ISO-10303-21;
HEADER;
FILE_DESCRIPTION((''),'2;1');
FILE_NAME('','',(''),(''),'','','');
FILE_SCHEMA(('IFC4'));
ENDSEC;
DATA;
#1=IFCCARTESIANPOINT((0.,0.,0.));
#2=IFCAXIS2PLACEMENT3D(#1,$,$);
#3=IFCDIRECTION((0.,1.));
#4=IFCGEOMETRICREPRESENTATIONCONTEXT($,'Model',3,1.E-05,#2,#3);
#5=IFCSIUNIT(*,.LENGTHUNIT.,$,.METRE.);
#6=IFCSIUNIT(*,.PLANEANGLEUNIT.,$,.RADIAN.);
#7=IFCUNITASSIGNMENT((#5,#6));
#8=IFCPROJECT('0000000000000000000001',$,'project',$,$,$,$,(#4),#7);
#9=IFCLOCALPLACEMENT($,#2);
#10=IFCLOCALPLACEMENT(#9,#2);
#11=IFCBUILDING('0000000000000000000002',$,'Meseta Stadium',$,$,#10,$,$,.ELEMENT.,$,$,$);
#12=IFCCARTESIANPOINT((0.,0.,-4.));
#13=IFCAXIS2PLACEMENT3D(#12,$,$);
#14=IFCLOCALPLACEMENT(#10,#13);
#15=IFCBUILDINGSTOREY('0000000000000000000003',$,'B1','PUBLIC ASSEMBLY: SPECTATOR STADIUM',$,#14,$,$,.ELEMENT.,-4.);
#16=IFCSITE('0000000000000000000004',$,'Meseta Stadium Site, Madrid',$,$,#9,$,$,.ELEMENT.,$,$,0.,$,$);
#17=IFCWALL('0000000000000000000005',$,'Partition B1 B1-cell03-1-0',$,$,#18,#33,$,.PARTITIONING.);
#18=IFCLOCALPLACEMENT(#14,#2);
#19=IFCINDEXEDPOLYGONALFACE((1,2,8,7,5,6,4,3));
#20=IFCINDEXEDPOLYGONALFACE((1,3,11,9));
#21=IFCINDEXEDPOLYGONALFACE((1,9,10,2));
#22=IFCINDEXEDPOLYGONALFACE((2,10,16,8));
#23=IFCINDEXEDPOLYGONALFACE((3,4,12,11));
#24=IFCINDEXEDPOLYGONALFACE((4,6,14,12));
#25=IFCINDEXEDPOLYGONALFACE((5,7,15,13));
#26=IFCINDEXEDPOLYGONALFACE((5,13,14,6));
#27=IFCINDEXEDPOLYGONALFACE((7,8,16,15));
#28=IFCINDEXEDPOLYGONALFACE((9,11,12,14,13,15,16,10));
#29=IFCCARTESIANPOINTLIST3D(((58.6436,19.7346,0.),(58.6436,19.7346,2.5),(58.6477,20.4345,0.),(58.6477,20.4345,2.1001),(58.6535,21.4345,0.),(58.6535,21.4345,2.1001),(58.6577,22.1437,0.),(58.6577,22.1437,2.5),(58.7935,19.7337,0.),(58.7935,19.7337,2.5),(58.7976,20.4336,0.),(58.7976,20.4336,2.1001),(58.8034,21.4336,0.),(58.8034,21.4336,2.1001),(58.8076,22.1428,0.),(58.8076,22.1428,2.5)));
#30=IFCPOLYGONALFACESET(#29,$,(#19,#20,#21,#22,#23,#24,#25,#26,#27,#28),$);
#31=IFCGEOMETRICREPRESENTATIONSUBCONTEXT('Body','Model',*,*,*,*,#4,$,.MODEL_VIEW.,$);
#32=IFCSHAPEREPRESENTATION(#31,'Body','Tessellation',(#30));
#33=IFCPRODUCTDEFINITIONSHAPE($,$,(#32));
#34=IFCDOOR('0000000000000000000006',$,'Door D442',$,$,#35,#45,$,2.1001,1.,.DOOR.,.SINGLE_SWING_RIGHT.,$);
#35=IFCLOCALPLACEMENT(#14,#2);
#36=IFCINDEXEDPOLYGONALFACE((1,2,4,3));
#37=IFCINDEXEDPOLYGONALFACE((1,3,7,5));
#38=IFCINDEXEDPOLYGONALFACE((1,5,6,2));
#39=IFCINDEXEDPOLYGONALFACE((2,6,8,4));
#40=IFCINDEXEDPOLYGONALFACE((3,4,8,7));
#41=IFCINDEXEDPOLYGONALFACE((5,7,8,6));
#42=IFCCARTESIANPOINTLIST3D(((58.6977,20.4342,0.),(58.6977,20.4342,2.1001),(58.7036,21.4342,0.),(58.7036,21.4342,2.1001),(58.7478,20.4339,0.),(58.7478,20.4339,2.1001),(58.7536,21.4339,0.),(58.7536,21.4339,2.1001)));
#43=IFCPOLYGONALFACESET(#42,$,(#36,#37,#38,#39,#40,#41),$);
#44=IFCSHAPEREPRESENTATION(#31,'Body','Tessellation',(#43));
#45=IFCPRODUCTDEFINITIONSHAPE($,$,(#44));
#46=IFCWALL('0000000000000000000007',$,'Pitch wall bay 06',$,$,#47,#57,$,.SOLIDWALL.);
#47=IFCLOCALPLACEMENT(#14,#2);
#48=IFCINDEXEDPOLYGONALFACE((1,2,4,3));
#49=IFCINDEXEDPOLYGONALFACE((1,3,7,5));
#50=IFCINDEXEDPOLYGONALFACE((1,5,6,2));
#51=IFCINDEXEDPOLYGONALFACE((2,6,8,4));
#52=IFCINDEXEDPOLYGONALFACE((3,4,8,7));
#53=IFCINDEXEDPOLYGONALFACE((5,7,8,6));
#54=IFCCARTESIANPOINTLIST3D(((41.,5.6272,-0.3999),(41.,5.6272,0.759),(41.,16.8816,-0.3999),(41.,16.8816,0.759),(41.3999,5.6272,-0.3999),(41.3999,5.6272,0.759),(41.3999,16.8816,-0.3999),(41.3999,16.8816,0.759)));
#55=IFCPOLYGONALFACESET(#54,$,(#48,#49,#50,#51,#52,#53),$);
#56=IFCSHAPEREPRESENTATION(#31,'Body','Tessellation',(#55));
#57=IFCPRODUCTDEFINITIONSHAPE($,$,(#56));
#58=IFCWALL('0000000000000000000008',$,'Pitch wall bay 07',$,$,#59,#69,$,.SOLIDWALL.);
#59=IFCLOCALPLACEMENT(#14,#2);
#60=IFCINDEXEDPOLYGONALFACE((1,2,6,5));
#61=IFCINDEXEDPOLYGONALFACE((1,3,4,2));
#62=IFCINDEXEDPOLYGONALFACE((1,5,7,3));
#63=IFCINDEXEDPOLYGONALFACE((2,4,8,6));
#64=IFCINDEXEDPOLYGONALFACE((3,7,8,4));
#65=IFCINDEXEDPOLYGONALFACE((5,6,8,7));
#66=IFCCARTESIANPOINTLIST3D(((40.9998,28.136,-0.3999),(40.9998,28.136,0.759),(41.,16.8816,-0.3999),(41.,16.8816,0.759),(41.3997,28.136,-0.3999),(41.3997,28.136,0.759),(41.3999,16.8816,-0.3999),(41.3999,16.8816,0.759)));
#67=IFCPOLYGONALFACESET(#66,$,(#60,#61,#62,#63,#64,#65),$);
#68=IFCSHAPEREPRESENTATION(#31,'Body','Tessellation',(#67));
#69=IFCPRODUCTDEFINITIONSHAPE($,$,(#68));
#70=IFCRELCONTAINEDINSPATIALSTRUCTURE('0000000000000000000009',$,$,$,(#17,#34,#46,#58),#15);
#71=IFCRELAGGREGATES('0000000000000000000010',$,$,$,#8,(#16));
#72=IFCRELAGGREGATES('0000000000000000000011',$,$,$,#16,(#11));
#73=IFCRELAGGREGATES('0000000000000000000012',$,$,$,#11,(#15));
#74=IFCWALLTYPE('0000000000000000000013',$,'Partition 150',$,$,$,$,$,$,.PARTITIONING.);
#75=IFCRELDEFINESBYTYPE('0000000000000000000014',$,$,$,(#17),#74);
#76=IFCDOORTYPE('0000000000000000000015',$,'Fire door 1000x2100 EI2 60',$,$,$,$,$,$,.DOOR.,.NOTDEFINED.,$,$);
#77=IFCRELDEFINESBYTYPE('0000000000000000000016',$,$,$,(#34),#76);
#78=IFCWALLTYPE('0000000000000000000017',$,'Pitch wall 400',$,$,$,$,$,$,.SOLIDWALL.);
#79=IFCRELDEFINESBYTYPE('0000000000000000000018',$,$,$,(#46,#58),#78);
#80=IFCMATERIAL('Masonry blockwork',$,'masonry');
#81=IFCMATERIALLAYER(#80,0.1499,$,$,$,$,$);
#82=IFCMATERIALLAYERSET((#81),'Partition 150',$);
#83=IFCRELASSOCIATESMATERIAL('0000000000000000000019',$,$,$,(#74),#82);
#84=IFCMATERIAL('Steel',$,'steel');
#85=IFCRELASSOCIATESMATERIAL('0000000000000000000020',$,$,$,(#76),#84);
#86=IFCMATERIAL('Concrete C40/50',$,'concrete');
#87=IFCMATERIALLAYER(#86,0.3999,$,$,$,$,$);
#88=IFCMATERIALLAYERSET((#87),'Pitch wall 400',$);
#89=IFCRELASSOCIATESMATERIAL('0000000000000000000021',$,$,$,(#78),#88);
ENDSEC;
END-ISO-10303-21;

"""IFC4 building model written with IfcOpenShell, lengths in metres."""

from ifc_helpers import new_model, si_unit, direction, frame, frame_2d, origin, place, context, subcontext, project, spatial, rectangle, extrude, material, layer, layer_set, type_object, element, fill, save


model = new_model("IFC4")

# Units and contexts
model_context = context("Model", 3, precision=1e-05, world=origin(), true_north=direction((0.0, 1.0)))
body_context = subcontext(model_context, "Body", "Model", "MODEL_VIEW")
ifc_project = project(units=[si_unit("LENGTHUNIT", "METRE"), si_unit("PLANEANGLEUNIT", "RADIAN")], contexts=[model_context])

# Site, building, storey
site_placement = place(None, origin())
site = spatial("IfcSite", under=ifc_project, at=site_placement, Name="Meseta Stadium Site, Madrid", CompositionType="ELEMENT", RefElevation=0.0)
building_placement = place(site_placement, origin())
building = spatial("IfcBuilding", under=site, at=building_placement, Name="Meseta Stadium", CompositionType="ELEMENT")
storey_placement = place(building_placement, frame((0.0, 0.0, -4.0)))
storey = spatial("IfcBuildingStorey", under=building, at=storey_placement, Name="B1", Description="PUBLIC ASSEMBLY: SPECTATOR STADIUM", CompositionType="ELEMENT", Elevation=-4.0)

# Shared definitions
ifc_material_1 = material(Name="Masonry blockwork", Category="masonry")
ifc_layer_1 = layer(ifc_material_1, 0.1499)
ifc_layer_set_1 = layer_set([ifc_layer_1], Name="Partition 150")
wall_type_1 = type_object("IfcWallType", Name="Partition 150", PredefinedType="PARTITIONING", material=ifc_layer_set_1)

# Wall, opening, door
wall_1_placement = place(storey_placement, frame((58.7185, 19.7341, 0.0), z_axis=(0.0, 0.0, 1.0), x_axis=(0.005877, 0.999983, 0.0)))
wall_1 = element("IfcWall", 1, at=wall_1_placement, inside=storey, type_object=wall_type_1, Name="Partition B1 B1-cell03-1-0", PredefinedType="PARTITIONING", context=body_context, shape_type="SweptSolid", body=[
    extrude(rectangle(XDim=2.4092, YDim=0.1499, at=frame_2d((1.2046, 0.0))), origin(), (0.0, 0.0, 1.0), 2.5),
])
opening_placement = place(wall_1_placement, frame((0.7, 0.0, 0.0)))
opening = element("IfcOpeningElement", 2, at=opening_placement, cuts=wall_1, PredefinedType="OPENING", context=body_context, shape_type="SweptSolid", body=[
    extrude(rectangle(XDim=1.0, YDim=2.1001, at=frame_2d((0.5, 1.05))), frame((0.0, 0.085, 0.0), z_axis=(0.0, -1.0, 0.0), x_axis=(1.0, 0.0, 0.0)), (0.0, 0.0, 1.0), 0.1699),
])
ifc_material_2 = material(Name="Steel", Category="steel")
door_type = type_object("IfcDoorType", Name="Fire door 1000x2100 EI2 60", OperationType="NOTDEFINED", PredefinedType="DOOR", material=ifc_material_2)
door_placement = place(opening_placement, origin())
door = element("IfcDoor", 3, at=door_placement, inside=storey, type_object=door_type, Name="Door D442", OperationType="SINGLE_SWING_RIGHT", OverallHeight=2.1001, OverallWidth=1.0, PredefinedType="DOOR", context=body_context, shape_type="SweptSolid", body=[
    extrude(rectangle(XDim=1.0, YDim=2.1001, at=frame_2d((0.5, 1.05))), frame((0.0, 0.0249, 0.0), z_axis=(0.0, -1.0, 0.0), x_axis=(1.0, 0.0, 0.0)), (0.0, 0.0, 1.0), 0.05),
])
fill(opening, door)

# Walls
ifc_material_3 = material(Name="Concrete C40/50", Category="concrete")
ifc_layer_2 = layer(ifc_material_3, 0.3999)
ifc_layer_set_2 = layer_set([ifc_layer_2], Name="Pitch wall 400")
wall_type_2 = type_object("IfcWallType", Name="Pitch wall 400", PredefinedType="SOLIDWALL", material=ifc_layer_set_2)
for number, where, z_axis, x_axis, name in (
    (4, (41.2, 5.6272, -0.3999), (0.0, 0.0, 1.0), (0.0, 1.0, 0.0), "Pitch wall bay 06"),
    (5, (41.2, 16.8816, -0.3999), (0.0, 0.0, 1.0), (-0.000022, 1.0, 0.0), "Pitch wall bay 07"),
):
    element("IfcWall", number, at=place(storey_placement, frame(where, z_axis=z_axis, x_axis=x_axis)), inside=storey, type_object=wall_type_2, Name=name, PredefinedType="SOLIDWALL", context=body_context, shape_type="SweptSolid", body=[
        extrude(rectangle(XDim=11.2544, YDim=0.3999, at=frame_2d((5.6272, 0.0))), origin(), (0.0, 0.0, 1.0), 1.1589),
    ])

save(model, "model.ifc")
